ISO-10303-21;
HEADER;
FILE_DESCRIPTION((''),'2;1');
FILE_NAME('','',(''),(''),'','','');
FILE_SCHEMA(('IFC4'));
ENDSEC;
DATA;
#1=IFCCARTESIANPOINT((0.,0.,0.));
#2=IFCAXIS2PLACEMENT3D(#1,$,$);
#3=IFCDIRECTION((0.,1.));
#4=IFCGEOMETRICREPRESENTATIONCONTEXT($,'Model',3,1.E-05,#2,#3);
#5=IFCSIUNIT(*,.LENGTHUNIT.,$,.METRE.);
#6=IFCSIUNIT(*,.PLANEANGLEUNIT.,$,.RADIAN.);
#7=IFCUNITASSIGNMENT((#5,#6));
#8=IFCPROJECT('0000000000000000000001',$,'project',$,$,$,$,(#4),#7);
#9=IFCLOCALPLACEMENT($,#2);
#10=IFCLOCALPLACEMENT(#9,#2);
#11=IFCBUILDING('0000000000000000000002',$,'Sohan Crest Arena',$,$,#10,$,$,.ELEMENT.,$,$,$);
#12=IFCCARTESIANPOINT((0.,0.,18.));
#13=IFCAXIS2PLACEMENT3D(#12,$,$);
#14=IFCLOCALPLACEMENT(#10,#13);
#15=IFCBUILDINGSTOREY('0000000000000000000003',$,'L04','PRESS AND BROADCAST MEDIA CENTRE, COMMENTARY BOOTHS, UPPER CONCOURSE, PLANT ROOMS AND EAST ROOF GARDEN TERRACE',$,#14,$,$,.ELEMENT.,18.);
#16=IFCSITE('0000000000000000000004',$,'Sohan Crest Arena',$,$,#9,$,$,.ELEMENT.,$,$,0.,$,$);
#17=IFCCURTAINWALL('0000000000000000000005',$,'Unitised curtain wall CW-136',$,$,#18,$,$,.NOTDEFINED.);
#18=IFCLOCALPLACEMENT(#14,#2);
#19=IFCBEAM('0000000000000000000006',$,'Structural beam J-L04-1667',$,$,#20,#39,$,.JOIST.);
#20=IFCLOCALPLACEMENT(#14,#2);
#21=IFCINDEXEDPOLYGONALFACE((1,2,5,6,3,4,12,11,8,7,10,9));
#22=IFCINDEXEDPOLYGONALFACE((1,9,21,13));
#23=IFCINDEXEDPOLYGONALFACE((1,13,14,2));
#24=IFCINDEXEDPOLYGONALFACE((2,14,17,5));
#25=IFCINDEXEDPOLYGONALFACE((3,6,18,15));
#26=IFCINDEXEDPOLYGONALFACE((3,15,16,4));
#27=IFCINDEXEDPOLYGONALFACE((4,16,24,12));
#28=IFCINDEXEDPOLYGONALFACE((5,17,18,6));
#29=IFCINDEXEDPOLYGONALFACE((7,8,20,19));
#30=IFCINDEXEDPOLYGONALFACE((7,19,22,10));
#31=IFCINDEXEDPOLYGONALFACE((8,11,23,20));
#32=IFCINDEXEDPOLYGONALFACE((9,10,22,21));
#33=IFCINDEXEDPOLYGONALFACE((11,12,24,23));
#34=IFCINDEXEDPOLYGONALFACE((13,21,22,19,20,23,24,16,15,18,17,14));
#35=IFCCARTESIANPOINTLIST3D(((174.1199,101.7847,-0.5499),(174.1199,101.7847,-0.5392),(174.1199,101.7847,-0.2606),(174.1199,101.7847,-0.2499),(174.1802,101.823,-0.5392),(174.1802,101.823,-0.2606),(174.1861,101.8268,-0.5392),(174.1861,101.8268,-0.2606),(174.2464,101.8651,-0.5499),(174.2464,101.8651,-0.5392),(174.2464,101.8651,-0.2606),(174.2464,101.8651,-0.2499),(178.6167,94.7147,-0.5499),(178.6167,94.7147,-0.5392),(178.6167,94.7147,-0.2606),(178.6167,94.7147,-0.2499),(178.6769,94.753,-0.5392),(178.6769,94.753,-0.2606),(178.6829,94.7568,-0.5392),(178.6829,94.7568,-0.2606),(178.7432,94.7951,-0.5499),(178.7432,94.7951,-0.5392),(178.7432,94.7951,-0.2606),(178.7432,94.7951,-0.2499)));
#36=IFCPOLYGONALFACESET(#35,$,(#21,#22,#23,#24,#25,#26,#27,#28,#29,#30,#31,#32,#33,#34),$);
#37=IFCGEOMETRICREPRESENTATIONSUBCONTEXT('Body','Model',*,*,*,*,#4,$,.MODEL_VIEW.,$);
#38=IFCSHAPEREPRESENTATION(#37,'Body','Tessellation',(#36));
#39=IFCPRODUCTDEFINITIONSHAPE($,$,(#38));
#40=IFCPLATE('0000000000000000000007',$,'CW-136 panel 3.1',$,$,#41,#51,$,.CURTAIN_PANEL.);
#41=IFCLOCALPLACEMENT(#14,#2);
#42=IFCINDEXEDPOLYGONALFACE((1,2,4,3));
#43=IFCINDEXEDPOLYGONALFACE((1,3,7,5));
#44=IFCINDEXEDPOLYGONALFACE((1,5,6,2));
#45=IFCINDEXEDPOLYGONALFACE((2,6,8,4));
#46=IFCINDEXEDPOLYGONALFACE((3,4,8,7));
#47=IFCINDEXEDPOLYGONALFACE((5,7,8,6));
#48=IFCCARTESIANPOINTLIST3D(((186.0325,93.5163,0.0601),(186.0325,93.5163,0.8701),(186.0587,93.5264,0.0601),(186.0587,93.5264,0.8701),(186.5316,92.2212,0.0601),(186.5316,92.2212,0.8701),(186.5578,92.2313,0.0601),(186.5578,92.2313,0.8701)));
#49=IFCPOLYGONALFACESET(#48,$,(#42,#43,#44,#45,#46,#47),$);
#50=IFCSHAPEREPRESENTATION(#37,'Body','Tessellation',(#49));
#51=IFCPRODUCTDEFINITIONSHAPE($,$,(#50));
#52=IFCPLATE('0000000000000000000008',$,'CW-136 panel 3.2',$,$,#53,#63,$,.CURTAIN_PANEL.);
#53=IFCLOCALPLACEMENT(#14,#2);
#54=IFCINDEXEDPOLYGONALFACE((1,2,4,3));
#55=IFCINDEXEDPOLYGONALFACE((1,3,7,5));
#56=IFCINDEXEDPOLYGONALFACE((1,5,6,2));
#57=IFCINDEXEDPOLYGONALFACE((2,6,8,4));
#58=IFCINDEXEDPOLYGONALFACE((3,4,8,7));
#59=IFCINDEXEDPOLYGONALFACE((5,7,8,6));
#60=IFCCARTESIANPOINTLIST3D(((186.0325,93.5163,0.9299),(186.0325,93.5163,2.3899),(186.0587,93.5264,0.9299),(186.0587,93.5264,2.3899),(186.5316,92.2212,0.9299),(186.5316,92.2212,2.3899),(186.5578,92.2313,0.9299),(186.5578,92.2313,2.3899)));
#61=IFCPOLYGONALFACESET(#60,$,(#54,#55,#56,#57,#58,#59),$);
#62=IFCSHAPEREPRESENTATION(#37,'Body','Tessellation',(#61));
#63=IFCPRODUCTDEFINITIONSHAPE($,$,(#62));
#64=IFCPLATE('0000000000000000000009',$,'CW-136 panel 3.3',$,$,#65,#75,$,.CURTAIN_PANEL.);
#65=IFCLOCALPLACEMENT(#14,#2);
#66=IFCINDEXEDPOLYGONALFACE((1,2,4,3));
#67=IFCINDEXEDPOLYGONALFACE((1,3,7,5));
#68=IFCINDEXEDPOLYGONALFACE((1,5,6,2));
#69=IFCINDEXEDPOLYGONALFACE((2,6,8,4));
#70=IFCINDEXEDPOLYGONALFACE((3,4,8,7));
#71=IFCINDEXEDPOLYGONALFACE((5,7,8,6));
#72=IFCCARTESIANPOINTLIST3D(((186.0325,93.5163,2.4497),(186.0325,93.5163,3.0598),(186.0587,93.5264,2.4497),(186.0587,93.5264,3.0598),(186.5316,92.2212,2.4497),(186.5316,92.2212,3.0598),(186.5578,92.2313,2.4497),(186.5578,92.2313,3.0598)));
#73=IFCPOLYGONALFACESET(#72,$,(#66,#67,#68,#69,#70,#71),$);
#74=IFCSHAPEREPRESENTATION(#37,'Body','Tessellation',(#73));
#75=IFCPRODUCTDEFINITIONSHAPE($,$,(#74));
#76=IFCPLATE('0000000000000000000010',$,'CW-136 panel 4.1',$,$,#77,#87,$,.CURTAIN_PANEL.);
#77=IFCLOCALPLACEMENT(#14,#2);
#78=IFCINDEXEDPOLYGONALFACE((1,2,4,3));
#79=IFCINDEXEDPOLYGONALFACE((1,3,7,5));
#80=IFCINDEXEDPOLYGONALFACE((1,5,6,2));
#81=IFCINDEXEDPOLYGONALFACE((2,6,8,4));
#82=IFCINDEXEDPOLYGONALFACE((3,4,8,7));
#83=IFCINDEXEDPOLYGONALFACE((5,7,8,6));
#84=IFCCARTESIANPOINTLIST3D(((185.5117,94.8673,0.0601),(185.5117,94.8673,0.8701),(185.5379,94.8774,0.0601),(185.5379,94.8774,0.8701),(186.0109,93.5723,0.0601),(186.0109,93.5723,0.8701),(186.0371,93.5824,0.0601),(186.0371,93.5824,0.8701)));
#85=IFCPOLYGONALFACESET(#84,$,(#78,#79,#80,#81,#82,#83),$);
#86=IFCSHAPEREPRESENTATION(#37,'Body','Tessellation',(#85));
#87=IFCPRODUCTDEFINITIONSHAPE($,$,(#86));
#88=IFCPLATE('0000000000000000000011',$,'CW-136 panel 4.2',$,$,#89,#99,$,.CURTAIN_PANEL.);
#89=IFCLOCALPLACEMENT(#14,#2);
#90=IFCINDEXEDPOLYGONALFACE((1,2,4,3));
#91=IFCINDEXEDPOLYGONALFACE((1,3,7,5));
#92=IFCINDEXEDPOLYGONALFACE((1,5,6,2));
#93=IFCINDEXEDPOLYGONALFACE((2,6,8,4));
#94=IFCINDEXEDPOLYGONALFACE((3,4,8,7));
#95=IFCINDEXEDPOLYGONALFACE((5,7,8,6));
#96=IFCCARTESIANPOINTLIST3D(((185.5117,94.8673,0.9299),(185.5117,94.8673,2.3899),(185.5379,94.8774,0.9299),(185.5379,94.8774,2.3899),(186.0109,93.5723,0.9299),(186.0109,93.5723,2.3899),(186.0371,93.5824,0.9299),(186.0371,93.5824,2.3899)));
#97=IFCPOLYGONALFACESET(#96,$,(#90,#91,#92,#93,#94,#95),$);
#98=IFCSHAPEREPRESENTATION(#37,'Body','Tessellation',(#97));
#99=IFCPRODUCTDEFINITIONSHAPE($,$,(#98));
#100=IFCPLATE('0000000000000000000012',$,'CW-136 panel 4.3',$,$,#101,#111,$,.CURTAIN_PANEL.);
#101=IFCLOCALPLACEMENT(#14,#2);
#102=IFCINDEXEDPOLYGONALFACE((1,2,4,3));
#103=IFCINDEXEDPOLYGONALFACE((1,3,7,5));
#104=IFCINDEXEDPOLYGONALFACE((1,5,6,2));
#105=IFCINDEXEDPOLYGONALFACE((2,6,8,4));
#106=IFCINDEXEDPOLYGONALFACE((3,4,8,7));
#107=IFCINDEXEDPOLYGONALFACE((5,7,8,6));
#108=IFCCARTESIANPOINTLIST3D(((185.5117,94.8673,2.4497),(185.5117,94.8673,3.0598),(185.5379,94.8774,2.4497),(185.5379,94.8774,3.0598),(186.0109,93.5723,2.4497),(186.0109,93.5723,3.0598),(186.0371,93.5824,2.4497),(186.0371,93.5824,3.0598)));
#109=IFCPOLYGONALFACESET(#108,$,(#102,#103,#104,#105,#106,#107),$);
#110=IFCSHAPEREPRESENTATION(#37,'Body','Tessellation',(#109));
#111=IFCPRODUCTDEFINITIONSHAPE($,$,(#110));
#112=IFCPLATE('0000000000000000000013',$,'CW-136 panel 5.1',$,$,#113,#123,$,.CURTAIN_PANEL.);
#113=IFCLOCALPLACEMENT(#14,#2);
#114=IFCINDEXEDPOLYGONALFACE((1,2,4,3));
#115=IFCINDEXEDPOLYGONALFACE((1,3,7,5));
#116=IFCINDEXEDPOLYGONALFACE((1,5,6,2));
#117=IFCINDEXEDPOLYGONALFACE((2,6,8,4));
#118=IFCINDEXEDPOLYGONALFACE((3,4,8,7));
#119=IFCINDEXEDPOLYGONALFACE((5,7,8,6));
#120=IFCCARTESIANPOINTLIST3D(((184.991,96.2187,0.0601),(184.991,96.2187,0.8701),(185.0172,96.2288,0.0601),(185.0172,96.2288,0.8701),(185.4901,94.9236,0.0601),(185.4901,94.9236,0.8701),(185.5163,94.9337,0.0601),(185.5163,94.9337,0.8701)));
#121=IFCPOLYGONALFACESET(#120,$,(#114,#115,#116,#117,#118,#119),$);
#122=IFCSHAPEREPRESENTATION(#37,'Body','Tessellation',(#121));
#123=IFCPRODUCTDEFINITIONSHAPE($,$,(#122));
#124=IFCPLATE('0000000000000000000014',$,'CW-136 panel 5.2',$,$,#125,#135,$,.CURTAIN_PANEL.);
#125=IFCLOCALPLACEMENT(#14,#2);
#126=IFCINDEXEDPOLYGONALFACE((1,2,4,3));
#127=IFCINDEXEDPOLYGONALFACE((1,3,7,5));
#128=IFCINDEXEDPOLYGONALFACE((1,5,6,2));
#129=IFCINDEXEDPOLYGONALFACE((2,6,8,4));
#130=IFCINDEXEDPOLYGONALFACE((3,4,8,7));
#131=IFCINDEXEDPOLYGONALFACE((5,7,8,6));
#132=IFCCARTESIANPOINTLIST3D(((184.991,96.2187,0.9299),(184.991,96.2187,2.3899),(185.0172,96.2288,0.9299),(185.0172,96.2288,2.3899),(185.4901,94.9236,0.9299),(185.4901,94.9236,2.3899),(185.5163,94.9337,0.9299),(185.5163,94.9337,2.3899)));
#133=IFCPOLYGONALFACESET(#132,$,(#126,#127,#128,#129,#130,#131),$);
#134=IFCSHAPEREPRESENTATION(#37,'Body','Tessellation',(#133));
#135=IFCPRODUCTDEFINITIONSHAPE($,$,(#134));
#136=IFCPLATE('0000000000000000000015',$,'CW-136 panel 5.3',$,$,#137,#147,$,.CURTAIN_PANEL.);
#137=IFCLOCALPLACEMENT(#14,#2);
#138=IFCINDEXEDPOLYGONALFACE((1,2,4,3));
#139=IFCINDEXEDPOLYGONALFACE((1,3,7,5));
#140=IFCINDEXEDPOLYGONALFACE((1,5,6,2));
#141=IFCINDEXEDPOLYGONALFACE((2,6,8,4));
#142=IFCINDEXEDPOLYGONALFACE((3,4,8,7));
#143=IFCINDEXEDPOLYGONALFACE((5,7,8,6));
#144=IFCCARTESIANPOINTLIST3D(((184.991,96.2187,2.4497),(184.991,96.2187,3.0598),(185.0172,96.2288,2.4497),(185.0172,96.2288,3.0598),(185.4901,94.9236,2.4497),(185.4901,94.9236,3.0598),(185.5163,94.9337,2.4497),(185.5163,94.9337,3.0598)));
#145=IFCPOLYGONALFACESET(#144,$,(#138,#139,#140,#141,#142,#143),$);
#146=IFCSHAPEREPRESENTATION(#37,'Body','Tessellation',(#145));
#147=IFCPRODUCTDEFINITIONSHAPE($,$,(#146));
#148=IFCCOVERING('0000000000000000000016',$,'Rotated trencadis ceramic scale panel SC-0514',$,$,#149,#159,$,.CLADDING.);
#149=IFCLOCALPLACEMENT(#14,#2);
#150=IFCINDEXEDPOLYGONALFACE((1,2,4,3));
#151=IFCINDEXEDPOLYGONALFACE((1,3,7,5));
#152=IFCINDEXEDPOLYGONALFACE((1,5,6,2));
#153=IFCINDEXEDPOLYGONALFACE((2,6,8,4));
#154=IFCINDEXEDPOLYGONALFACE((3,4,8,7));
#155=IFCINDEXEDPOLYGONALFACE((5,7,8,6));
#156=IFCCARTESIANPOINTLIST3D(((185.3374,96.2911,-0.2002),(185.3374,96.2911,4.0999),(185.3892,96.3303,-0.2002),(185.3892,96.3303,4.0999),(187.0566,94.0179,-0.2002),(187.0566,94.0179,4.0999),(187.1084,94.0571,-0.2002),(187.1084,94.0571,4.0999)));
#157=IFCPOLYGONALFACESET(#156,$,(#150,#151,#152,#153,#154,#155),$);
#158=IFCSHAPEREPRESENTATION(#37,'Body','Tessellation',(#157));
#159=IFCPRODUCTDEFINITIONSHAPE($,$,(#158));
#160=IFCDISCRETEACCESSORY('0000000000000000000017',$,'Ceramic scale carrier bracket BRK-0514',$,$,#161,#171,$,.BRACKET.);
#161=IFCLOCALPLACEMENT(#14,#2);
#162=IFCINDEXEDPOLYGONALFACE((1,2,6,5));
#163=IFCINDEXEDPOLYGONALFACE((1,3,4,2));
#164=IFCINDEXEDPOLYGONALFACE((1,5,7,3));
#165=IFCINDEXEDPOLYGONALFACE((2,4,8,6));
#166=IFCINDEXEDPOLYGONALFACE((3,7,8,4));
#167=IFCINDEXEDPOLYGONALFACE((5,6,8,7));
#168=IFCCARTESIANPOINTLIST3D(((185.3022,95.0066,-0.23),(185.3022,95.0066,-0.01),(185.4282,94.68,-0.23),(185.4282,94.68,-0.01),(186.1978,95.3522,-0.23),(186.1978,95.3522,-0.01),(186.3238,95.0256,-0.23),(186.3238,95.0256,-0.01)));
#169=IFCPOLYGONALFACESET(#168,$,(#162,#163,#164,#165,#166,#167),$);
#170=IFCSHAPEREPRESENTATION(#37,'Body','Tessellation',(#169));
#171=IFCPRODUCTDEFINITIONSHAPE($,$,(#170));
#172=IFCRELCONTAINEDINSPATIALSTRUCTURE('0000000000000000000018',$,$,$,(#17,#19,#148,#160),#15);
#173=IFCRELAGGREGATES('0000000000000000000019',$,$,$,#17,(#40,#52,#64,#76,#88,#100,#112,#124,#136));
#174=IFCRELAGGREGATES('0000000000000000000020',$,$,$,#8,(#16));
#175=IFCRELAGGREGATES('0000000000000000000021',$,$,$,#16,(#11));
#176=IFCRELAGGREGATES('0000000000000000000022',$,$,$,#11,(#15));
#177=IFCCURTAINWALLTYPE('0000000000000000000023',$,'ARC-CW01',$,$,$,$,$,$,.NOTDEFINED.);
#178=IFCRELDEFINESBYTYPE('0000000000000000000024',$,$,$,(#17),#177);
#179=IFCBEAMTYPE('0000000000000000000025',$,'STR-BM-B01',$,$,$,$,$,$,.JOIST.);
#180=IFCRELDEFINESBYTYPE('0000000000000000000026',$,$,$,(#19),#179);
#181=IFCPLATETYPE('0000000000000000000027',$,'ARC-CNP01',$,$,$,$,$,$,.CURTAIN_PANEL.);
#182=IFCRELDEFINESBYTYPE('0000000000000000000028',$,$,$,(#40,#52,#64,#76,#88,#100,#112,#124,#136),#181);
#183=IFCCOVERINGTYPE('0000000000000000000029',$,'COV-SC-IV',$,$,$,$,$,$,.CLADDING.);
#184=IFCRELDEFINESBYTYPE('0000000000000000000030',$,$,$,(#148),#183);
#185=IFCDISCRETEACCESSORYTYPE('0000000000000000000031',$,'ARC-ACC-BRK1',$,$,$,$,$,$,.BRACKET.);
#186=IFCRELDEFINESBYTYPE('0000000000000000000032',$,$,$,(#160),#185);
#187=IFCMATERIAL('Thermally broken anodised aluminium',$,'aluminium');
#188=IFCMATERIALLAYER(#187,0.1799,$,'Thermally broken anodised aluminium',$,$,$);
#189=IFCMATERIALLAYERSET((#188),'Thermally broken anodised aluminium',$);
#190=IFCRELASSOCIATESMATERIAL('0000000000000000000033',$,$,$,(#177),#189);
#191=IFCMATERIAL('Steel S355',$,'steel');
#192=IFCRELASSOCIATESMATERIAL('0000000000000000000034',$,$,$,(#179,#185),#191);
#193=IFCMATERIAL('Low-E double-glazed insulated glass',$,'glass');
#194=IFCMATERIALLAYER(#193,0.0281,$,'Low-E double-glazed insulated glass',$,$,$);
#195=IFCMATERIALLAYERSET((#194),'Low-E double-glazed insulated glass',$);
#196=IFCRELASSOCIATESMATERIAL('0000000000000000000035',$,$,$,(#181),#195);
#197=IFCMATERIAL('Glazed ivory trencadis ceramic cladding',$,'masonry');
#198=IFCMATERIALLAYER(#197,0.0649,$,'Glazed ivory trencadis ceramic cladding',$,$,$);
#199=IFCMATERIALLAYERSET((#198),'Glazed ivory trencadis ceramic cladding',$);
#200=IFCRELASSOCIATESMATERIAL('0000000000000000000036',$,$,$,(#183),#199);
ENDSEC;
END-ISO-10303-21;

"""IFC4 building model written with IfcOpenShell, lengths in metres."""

from ifc_helpers import new_model, si_unit, direction, frame, origin, origin_2d, place, context, subcontext, project, spatial, rectangle, i_section, extrude, material, layer, layer_set, material_profile, profile_set, type_object, element, aggregate, save


model = new_model("IFC4")

# Units and contexts
model_context = context("Model", 3, precision=1e-05, world=origin(), true_north=direction((0.0, 1.0)))
body_context = subcontext(model_context, "Body", "Model", "MODEL_VIEW")
ifc_project = project(units=[si_unit("LENGTHUNIT", "METRE"), si_unit("PLANEANGLEUNIT", "RADIAN")], contexts=[model_context])

# Site, building, storey
site_placement = place(None, origin())
site = spatial("IfcSite", under=ifc_project, at=site_placement, Name="Sohan Crest Arena", CompositionType="ELEMENT", RefElevation=0.0)
building_placement = place(site_placement, origin())
building = spatial("IfcBuilding", under=site, at=building_placement, Name="Sohan Crest Arena", CompositionType="ELEMENT")
storey_placement = place(building_placement, frame((0.0, 0.0, 18.0)))
storey = spatial("IfcBuildingStorey", under=building, at=storey_placement, Name="L04", Description="PRESS AND BROADCAST MEDIA CENTRE, COMMENTARY BOOTHS, UPPER CONCOURSE, PLANT ROOMS AND EAST ROOF GARDEN TERRACE", CompositionType="ELEMENT", Elevation=18.0)

# Curtain wall
ifc_material_1 = material(Name="Thermally broken anodised aluminium", Category="aluminium")
ifc_layer_1 = layer(ifc_material_1, 0.1799, Name="Thermally broken anodised aluminium")
ifc_layer_set_1 = layer_set([ifc_layer_1], Name="Thermally broken anodised aluminium")
curtain_wall_type = type_object("IfcCurtainWallType", Name="ARC-CW01", PredefinedType="NOTDEFINED", material=ifc_layer_set_1)
curtain_wall_placement = place(storey_placement, origin())
curtain_wall = element("IfcCurtainWall", 1, at=curtain_wall_placement, inside=storey, type_object=curtain_wall_type, Name="Unitised curtain wall CW-136", PredefinedType="NOTDEFINED")

# Beam
ifc_material_2 = material(Name="Steel S355", Category="steel")
ifc_material_profile_1 = material_profile(ifc_material_2, i_section(OverallWidth=0.1499, OverallDepth=0.3, WebThickness=0.0071, FlangeThickness=0.0107, at=origin_2d()), Name="IPE 300")
ifc_profile_set_1 = profile_set([ifc_material_profile_1], Name="Steel S355")
beam_type = type_object("IfcBeamType", Name="STR-BM-B01", PredefinedType="JOIST", material=ifc_profile_set_1)
beam_placement = place(storey_placement, frame((178.6799, 94.7549, -0.3999), z_axis=(-0.536679, 0.843786, 0.0), x_axis=(-0.843786, -0.536679, 0.0)))
element("IfcBeam", 2, at=beam_placement, inside=storey, type_object=beam_type, Name="Structural beam J-L04-1667", PredefinedType="JOIST", context=body_context, shape_type="SweptSolid", body=[
    extrude(i_section(OverallWidth=0.1499, OverallDepth=0.3, WebThickness=0.0071, FlangeThickness=0.0107, at=origin_2d()), origin(), (0.0, 0.0, 1.0), 8.3789),
])

# Plates
ifc_material_3 = material(Name="Low-E double-glazed insulated glass", Category="glass")
ifc_layer_2 = layer(ifc_material_3, 0.0281, Name="Low-E double-glazed insulated glass")
ifc_layer_set_2 = layer_set([ifc_layer_2], Name="Low-E double-glazed insulated glass")
plate_type = type_object("IfcPlateType", Name="ARC-CNP01", PredefinedType="CURTAIN_PANEL", material=ifc_layer_set_2)
plate_1_placement = place(storey_placement, frame((186.2952, 92.8738, 0.0601), z_axis=(0.0, 0.0, 1.0), x_axis=(-0.359633, 0.933094, 0.0)))
plate_1 = element("IfcPlate", 3, at=plate_1_placement, type_object=plate_type, Name="CW-136 panel 3.1", PredefinedType="CURTAIN_PANEL", context=body_context, shape_type="SweptSolid", body=[
    extrude(rectangle(XDim=1.3879, YDim=0.0281, at=origin_2d()), origin(), (0.0, 0.0, 1.0), 0.8101),
])
plate_2_placement = place(storey_placement, frame((186.2952, 92.8738, 0.9299), z_axis=(0.0, 0.0, 1.0), x_axis=(-0.359633, 0.933094, 0.0)))
plate_2 = element("IfcPlate", 4, at=plate_2_placement, type_object=plate_type, Name="CW-136 panel 3.2", PredefinedType="CURTAIN_PANEL", context=body_context, shape_type="SweptSolid", body=[
    extrude(rectangle(XDim=1.3879, YDim=0.0281, at=origin_2d()), origin(), (0.0, 0.0, 1.0), 1.46),
])
plate_3_placement = place(storey_placement, frame((186.2952, 92.8738, 2.4497), z_axis=(0.0, 0.0, 1.0), x_axis=(-0.359633, 0.933094, 0.0)))
plate_3 = element("IfcPlate", 5, at=plate_3_placement, type_object=plate_type, Name="CW-136 panel 3.3", PredefinedType="CURTAIN_PANEL", context=body_context, shape_type="SweptSolid", body=[
    extrude(rectangle(XDim=1.3879, YDim=0.0281, at=origin_2d()), origin(), (0.0, 0.0, 1.0), 0.6101),
])
plate_4_placement = place(storey_placement, frame((185.7744, 94.2249, 0.0601), z_axis=(0.0, 0.0, 1.0), x_axis=(-0.359633, 0.933094, 0.0)))
plate_4 = element("IfcPlate", 6, at=plate_4_placement, type_object=plate_type, Name="CW-136 panel 4.1", PredefinedType="CURTAIN_PANEL", context=body_context, shape_type="SweptSolid", body=[
    extrude(rectangle(XDim=1.3879, YDim=0.0281, at=origin_2d()), origin(), (0.0, 0.0, 1.0), 0.8101),
])
plate_5_placement = place(storey_placement, frame((185.7744, 94.2249, 0.9299), z_axis=(0.0, 0.0, 1.0), x_axis=(-0.359633, 0.933094, 0.0)))
plate_5 = element("IfcPlate", 7, at=plate_5_placement, type_object=plate_type, Name="CW-136 panel 4.2", PredefinedType="CURTAIN_PANEL", context=body_context, shape_type="SweptSolid", body=[
    extrude(rectangle(XDim=1.3879, YDim=0.0281, at=origin_2d()), origin(), (0.0, 0.0, 1.0), 1.46),
])
plate_6_placement = place(storey_placement, frame((185.7744, 94.2249, 2.4497), z_axis=(0.0, 0.0, 1.0), x_axis=(-0.359633, 0.933094, 0.0)))
plate_6 = element("IfcPlate", 8, at=plate_6_placement, type_object=plate_type, Name="CW-136 panel 4.3", PredefinedType="CURTAIN_PANEL", context=body_context, shape_type="SweptSolid", body=[
    extrude(rectangle(XDim=1.3879, YDim=0.0281, at=origin_2d()), origin(), (0.0, 0.0, 1.0), 0.6101),
])
plate_7_placement = place(storey_placement, frame((185.2537, 95.5762, 0.0601), z_axis=(0.0, 0.0, 1.0), x_axis=(-0.359633, 0.933094, 0.0)))
plate_7 = element("IfcPlate", 9, at=plate_7_placement, type_object=plate_type, Name="CW-136 panel 5.1", PredefinedType="CURTAIN_PANEL", context=body_context, shape_type="SweptSolid", body=[
    extrude(rectangle(XDim=1.3879, YDim=0.0281, at=origin_2d()), origin(), (0.0, 0.0, 1.0), 0.8101),
])
plate_8_placement = place(storey_placement, frame((185.2537, 95.5762, 0.9299), z_axis=(0.0, 0.0, 1.0), x_axis=(-0.359633, 0.933094, 0.0)))
plate_8 = element("IfcPlate", 10, at=plate_8_placement, type_object=plate_type, Name="CW-136 panel 5.2", PredefinedType="CURTAIN_PANEL", context=body_context, shape_type="SweptSolid", body=[
    extrude(rectangle(XDim=1.3879, YDim=0.0281, at=origin_2d()), origin(), (0.0, 0.0, 1.0), 1.46),
])
plate_9_placement = place(storey_placement, frame((185.2537, 95.5762, 2.4497), z_axis=(0.0, 0.0, 1.0), x_axis=(-0.359633, 0.933094, 0.0)))
plate_9 = element("IfcPlate", 11, at=plate_9_placement, type_object=plate_type, Name="CW-136 panel 5.3", PredefinedType="CURTAIN_PANEL", context=body_context, shape_type="SweptSolid", body=[
    extrude(rectangle(XDim=1.3879, YDim=0.0281, at=origin_2d()), origin(), (0.0, 0.0, 1.0), 0.6101),
])
aggregate(curtain_wall, [plate_1, plate_2, plate_3, plate_4, plate_5, plate_6, plate_7, plate_8, plate_9])

# Covering
ifc_material_4 = material(Name="Glazed ivory trencadis ceramic cladding", Category="masonry")
ifc_layer_3 = layer(ifc_material_4, 0.0649, Name="Glazed ivory trencadis ceramic cladding")
ifc_layer_set_3 = layer_set([ifc_layer_3], Name="Glazed ivory trencadis ceramic cladding")
covering_type = type_object("IfcCoveringType", Name="COV-SC-IV", PredefinedType="CLADDING", material=ifc_layer_set_3)
covering_placement = place(storey_placement, frame((186.2229, 95.1741, -0.2002), z_axis=(0.0, 0.0, 1.0), x_axis=(-0.603208, 0.797584, 0.0)))
element("IfcCovering", 12, at=covering_placement, inside=storey, type_object=covering_type, Name="Rotated trencadis ceramic scale panel SC-0514", PredefinedType="CLADDING", context=body_context, shape_type="SweptSolid", body=[
    extrude(rectangle(XDim=2.8501, YDim=0.0649, at=origin_2d()), origin(), (0.0, 0.0, 1.0), 4.3),
])

# Discrete accessory
discrete_accessory_type = type_object("IfcDiscreteAccessoryType", Name="ARC-ACC-BRK1", PredefinedType="BRACKET", material=ifc_material_2)
discrete_accessory_placement = place(storey_placement, frame((185.813, 95.0161, -0.23), z_axis=(0.0, 0.0, 1.0), x_axis=(-0.359997, 0.932954, 0.0)))
element("IfcDiscreteAccessory", 13, at=discrete_accessory_placement, inside=storey, type_object=discrete_accessory_type, Name="Ceramic scale carrier bracket BRK-0514", PredefinedType="BRACKET", context=body_context, shape_type="SweptSolid", body=[
    extrude(rectangle(XDim=0.3501, YDim=0.96, at=origin_2d()), origin(), (0.0, 0.0, 1.0), 0.22),
])

save(model, "model.ifc")
